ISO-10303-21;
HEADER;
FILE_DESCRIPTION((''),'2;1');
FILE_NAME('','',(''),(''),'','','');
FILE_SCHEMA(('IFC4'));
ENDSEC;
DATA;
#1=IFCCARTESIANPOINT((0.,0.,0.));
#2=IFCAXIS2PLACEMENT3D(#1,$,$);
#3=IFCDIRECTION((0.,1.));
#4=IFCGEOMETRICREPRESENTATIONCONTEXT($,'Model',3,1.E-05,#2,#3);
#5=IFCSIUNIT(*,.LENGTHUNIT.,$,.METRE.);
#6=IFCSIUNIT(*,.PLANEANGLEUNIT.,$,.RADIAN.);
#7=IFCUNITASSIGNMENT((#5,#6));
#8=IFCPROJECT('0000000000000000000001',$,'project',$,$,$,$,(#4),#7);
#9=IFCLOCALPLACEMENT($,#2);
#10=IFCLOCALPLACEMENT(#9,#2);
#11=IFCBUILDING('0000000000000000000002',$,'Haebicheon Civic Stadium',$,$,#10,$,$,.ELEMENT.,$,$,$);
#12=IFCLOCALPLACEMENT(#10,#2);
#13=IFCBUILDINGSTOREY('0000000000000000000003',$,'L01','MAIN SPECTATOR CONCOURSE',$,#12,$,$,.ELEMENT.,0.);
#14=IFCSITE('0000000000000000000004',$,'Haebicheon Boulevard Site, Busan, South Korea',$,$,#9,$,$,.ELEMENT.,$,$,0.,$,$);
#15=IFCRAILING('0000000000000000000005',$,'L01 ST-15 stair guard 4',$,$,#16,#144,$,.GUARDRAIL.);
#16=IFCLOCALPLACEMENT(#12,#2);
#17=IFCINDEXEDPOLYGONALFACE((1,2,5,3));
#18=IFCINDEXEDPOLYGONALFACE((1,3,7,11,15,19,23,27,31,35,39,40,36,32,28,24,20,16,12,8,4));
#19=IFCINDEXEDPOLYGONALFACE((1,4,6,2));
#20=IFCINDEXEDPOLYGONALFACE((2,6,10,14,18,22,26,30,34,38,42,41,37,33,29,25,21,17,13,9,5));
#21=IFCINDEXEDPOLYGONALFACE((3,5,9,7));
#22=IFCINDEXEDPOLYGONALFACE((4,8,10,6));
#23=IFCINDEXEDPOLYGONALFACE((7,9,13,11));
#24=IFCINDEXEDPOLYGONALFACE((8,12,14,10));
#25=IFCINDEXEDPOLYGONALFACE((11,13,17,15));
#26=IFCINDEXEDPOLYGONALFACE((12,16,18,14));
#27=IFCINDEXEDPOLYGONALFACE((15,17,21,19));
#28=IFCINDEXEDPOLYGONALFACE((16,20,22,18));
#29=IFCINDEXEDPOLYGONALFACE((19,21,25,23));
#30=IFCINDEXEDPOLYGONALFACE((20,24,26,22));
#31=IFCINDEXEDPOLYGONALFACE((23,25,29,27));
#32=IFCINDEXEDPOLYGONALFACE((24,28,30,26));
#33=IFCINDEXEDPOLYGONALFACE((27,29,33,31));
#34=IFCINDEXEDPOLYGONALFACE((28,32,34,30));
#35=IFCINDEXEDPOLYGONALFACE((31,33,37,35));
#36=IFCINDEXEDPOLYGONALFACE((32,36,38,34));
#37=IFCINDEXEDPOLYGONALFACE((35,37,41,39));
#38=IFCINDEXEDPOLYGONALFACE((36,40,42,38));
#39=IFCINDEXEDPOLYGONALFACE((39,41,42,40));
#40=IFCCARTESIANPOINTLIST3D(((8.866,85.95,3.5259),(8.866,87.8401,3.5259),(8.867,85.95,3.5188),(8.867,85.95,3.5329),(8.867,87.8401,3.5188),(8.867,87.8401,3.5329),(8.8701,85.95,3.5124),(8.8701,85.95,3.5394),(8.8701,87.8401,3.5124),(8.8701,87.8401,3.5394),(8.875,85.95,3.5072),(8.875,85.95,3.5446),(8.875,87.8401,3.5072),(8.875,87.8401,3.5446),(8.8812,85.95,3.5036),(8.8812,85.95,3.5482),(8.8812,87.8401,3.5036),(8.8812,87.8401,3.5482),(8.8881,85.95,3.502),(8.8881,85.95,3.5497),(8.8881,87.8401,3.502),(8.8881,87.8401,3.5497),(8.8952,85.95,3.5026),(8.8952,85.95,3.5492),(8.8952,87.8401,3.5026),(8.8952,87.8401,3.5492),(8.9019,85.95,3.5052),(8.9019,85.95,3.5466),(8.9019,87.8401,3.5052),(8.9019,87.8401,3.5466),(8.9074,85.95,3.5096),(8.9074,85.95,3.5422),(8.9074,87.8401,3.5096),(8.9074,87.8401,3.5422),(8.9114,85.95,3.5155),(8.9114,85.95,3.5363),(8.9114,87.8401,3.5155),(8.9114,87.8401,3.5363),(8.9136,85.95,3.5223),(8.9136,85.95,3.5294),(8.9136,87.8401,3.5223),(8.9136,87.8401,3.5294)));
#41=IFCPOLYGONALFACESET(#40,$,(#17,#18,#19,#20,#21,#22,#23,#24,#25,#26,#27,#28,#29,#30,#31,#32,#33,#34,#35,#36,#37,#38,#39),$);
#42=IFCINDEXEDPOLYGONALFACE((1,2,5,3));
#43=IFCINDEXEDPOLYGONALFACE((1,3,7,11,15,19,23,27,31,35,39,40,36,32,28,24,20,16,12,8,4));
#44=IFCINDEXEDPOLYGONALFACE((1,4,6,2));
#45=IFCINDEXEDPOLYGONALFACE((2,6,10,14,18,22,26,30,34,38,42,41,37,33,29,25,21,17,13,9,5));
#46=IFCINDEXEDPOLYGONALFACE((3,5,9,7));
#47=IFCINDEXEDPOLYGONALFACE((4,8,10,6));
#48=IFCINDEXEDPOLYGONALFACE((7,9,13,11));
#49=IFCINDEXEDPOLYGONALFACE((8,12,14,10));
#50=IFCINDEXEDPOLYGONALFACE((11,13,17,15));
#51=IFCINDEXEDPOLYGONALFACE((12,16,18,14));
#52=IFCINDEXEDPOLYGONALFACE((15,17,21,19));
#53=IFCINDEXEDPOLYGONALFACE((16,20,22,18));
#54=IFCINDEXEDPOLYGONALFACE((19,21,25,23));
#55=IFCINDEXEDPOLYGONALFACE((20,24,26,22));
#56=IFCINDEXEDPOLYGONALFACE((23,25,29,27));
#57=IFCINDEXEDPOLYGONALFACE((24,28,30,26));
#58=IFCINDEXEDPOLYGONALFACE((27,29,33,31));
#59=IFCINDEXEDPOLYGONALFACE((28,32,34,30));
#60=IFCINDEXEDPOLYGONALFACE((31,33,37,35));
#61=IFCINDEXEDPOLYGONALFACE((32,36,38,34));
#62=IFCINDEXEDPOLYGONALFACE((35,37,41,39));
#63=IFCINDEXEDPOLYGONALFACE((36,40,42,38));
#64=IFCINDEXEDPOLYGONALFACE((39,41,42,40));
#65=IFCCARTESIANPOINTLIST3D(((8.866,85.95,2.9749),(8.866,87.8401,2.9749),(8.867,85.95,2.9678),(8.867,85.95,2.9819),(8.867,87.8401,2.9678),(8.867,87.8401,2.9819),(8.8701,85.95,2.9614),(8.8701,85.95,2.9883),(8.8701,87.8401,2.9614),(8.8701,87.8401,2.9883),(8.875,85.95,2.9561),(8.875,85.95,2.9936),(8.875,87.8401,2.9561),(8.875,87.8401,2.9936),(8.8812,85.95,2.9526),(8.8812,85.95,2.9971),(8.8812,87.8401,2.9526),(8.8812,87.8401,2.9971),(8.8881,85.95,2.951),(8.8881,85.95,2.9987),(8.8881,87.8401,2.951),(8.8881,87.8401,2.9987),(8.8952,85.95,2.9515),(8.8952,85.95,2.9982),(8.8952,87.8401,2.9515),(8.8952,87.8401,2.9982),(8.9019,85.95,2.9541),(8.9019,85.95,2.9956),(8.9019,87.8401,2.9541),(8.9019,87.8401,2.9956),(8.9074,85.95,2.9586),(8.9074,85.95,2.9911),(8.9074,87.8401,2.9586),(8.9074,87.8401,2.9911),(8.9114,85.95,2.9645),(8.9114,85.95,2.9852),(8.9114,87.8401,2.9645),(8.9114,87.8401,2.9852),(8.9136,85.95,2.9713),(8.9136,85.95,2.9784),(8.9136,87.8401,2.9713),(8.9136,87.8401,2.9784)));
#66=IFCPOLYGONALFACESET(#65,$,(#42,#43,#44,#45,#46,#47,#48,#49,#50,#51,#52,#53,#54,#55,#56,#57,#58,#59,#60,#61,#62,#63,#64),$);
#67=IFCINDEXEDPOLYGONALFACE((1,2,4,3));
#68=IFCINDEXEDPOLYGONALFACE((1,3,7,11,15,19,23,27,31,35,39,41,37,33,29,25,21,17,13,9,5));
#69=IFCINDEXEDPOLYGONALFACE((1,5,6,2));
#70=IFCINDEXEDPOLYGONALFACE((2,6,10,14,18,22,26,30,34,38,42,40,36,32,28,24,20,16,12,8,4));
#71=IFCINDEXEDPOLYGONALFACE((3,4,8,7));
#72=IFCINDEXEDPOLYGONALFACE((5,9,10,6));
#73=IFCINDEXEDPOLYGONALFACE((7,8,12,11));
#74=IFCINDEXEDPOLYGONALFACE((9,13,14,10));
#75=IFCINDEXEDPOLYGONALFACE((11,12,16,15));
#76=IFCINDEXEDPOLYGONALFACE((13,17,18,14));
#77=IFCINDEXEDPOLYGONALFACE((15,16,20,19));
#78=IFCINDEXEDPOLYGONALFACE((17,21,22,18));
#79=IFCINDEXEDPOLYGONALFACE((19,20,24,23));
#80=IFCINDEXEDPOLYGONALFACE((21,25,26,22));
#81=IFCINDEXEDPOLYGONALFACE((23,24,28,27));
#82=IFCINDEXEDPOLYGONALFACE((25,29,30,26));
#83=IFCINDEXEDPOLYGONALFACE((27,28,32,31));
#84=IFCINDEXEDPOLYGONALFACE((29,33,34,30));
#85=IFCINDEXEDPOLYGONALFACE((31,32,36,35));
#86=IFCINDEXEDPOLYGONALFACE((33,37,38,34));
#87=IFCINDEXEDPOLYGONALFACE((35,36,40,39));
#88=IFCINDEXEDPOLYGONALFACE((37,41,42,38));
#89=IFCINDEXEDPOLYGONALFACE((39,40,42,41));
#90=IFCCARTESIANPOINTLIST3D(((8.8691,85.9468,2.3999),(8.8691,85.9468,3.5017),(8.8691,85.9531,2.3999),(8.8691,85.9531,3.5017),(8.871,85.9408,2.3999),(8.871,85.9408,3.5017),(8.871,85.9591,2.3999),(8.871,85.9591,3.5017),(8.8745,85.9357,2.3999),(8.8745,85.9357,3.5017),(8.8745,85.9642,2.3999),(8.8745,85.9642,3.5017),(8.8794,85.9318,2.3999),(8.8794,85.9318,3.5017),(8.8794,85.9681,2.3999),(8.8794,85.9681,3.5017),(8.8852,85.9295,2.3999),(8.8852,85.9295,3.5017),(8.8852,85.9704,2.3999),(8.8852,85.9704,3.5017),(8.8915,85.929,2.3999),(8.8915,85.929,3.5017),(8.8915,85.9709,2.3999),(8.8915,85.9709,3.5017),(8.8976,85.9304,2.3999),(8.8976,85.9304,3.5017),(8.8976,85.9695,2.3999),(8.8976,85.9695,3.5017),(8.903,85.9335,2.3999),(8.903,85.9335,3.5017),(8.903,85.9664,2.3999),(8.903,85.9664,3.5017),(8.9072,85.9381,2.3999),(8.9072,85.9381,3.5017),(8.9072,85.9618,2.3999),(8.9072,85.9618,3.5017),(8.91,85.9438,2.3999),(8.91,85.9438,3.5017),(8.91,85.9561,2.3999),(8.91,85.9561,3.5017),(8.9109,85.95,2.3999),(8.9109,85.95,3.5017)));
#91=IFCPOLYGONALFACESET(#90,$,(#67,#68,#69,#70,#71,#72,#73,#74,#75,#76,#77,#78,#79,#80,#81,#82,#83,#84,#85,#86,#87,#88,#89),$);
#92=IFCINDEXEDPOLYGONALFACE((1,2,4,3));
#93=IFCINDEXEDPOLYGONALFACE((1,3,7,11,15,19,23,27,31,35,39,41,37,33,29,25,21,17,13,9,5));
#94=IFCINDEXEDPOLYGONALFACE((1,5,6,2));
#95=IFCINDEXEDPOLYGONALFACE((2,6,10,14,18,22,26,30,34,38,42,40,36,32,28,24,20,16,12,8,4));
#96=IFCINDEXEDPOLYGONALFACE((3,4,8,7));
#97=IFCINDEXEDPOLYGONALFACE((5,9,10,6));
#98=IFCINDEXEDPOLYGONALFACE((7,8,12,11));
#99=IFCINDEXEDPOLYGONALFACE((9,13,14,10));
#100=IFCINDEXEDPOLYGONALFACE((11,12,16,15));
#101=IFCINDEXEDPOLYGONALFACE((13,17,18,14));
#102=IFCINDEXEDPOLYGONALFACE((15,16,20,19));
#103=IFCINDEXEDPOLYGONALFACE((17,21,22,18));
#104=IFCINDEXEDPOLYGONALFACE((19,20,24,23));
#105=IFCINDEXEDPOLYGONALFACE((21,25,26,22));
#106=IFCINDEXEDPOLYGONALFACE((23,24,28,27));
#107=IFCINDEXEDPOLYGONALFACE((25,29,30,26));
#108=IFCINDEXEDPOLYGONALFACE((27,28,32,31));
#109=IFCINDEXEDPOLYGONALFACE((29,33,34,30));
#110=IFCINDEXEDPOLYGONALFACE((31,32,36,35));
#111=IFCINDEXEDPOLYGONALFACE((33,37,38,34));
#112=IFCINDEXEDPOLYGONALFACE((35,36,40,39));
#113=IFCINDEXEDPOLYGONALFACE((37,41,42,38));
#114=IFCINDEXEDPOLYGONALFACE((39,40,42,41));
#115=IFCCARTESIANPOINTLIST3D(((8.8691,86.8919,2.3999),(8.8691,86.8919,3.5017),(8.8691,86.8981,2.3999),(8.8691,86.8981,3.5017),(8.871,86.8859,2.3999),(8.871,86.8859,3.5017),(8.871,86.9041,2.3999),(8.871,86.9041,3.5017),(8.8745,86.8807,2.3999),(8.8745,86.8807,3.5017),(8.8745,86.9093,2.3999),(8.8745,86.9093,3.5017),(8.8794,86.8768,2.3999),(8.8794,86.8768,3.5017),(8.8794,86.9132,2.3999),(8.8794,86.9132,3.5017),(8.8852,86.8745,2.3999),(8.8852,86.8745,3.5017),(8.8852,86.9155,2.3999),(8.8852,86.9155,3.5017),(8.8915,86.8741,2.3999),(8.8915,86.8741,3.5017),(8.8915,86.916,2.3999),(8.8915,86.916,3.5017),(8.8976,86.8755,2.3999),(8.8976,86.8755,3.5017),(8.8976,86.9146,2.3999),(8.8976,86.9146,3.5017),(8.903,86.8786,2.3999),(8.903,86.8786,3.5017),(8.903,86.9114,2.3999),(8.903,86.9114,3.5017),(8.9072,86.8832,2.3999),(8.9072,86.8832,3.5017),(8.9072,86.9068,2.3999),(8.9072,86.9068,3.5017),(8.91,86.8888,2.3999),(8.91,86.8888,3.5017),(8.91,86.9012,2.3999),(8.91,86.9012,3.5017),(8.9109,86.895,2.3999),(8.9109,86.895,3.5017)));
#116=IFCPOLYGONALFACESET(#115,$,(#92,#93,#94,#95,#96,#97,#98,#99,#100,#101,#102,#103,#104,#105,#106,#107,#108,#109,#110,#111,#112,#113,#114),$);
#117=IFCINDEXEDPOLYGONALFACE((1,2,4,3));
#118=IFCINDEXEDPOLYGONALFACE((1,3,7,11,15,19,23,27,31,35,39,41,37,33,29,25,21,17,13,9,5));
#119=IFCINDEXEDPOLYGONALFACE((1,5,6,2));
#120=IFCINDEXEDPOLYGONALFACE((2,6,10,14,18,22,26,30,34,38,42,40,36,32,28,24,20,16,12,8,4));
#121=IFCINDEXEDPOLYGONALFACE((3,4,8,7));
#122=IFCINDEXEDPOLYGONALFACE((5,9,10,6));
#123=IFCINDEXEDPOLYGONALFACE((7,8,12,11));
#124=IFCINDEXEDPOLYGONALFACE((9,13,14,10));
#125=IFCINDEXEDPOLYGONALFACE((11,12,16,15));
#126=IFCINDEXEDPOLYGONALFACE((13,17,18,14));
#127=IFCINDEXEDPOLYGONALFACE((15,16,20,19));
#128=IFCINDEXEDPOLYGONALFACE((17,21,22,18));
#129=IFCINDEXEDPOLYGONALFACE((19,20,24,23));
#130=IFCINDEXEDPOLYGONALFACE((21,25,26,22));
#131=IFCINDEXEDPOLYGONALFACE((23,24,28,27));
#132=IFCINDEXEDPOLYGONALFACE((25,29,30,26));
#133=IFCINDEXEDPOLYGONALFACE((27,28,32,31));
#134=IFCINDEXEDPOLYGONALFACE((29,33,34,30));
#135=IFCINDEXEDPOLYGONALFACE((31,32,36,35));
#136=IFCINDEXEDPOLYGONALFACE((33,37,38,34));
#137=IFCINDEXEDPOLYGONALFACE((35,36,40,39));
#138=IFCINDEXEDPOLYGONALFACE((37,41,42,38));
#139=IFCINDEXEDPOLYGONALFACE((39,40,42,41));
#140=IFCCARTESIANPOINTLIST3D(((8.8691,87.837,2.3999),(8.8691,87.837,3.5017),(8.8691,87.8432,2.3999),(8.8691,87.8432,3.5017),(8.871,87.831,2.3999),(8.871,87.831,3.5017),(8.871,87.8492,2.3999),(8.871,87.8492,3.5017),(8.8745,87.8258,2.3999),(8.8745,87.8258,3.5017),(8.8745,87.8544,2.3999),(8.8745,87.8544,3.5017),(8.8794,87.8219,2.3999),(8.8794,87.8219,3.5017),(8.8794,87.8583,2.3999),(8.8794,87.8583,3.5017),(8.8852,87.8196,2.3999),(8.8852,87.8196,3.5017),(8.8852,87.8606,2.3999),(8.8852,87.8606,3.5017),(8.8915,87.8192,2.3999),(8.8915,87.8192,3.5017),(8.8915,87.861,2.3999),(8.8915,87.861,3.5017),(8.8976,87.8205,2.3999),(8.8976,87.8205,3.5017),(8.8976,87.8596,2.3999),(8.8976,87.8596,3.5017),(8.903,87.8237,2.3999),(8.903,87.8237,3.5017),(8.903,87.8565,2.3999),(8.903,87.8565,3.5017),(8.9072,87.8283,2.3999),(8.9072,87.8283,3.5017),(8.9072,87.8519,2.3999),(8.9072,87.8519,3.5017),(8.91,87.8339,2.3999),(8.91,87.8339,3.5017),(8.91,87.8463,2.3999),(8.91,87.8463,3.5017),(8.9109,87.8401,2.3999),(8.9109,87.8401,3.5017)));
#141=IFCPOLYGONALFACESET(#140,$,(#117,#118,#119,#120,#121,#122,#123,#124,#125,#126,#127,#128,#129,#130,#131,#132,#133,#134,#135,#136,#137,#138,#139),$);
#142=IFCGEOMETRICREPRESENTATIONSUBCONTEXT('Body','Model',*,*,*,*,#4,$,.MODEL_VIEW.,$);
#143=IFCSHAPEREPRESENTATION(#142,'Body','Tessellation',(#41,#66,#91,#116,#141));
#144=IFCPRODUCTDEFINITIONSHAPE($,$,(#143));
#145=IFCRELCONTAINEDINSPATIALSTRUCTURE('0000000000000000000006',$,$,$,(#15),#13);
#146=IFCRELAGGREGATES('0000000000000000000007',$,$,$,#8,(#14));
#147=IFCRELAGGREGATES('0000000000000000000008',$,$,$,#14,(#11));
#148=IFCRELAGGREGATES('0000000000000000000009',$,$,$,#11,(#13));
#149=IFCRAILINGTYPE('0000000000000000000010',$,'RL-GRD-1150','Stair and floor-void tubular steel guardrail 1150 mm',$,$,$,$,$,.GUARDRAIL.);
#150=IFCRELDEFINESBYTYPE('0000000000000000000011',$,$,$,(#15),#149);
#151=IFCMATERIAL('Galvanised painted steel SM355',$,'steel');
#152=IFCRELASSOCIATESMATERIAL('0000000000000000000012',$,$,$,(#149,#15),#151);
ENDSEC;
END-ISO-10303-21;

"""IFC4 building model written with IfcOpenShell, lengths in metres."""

from ifc_helpers import new_model, si_unit, direction, frame, origin, origin_2d, place, context, subcontext, project, spatial, circle, extrude, material, type_object, element, save


model = new_model("IFC4")

# Units and contexts
model_context = context("Model", 3, precision=1e-05, world=origin(), true_north=direction((0.0, 1.0)))
body_context = subcontext(model_context, "Body", "Model", "MODEL_VIEW")
ifc_project = project(units=[si_unit("LENGTHUNIT", "METRE"), si_unit("PLANEANGLEUNIT", "RADIAN")], contexts=[model_context])

# Site, building, storey
site_placement = place(None, origin())
site = spatial("IfcSite", under=ifc_project, at=site_placement, Name="Haebicheon Boulevard Site, Busan, South Korea", CompositionType="ELEMENT", RefElevation=0.0)
building_placement = place(site_placement, origin())
building = spatial("IfcBuilding", under=site, at=building_placement, Name="Haebicheon Civic Stadium", CompositionType="ELEMENT")
storey_placement = place(building_placement, origin())
storey = spatial("IfcBuildingStorey", under=building, at=storey_placement, Name="L01", Description="MAIN SPECTATOR CONCOURSE", CompositionType="ELEMENT", Elevation=0.0)

# Railing
ifc_material_1 = material(Name="Galvanised painted steel SM355", Category="steel")
railing_type_1 = type_object("IfcRailingType", Name="RL-GRD-1150", Description="Stair and floor-void tubular steel guardrail 1150 mm", PredefinedType="GUARDRAIL", material=ifc_material_1)
for number, where, name in (
    (1, (8.8899, 85.95, 2.3999), "L01 ST-15 stair guard 4"),
):
    element("IfcRailing", number, at=place(storey_placement, frame(where)), inside=storey, type_object=railing_type_1, material=ifc_material_1, Name=name, PredefinedType="GUARDRAIL", context=body_context, shape_type="SweptSolid", body=[
        extrude(circle(Radius=0.0239, at=origin_2d()), frame((0.0, 0.0, 1.126), z_axis=(0.0, 1.0, 0.0), x_axis=(-1.0, 0.0, 0.0)), (0.0, 0.0, 1.0), 1.8901),
        extrude(circle(Radius=0.0239, at=origin_2d()), frame((0.0, 0.0, 0.575), z_axis=(0.0, 1.0, 0.0), x_axis=(-1.0, 0.0, 0.0)), (0.0, 0.0, 1.0), 1.8901),
        extrude(circle(Radius=0.021, at=origin_2d()), origin(), (0.0, 0.0, 1.0), 1.1018),
        extrude(circle(Radius=0.021, at=origin_2d()), frame((0.0, 0.9451, 0.0)), (0.0, 0.0, 1.0), 1.1018),
        extrude(circle(Radius=0.021, at=origin_2d()), frame((0.0, 1.8901, 0.0)), (0.0, 0.0, 1.0), 1.1018),
    ])

save(model, "model.ifc")
